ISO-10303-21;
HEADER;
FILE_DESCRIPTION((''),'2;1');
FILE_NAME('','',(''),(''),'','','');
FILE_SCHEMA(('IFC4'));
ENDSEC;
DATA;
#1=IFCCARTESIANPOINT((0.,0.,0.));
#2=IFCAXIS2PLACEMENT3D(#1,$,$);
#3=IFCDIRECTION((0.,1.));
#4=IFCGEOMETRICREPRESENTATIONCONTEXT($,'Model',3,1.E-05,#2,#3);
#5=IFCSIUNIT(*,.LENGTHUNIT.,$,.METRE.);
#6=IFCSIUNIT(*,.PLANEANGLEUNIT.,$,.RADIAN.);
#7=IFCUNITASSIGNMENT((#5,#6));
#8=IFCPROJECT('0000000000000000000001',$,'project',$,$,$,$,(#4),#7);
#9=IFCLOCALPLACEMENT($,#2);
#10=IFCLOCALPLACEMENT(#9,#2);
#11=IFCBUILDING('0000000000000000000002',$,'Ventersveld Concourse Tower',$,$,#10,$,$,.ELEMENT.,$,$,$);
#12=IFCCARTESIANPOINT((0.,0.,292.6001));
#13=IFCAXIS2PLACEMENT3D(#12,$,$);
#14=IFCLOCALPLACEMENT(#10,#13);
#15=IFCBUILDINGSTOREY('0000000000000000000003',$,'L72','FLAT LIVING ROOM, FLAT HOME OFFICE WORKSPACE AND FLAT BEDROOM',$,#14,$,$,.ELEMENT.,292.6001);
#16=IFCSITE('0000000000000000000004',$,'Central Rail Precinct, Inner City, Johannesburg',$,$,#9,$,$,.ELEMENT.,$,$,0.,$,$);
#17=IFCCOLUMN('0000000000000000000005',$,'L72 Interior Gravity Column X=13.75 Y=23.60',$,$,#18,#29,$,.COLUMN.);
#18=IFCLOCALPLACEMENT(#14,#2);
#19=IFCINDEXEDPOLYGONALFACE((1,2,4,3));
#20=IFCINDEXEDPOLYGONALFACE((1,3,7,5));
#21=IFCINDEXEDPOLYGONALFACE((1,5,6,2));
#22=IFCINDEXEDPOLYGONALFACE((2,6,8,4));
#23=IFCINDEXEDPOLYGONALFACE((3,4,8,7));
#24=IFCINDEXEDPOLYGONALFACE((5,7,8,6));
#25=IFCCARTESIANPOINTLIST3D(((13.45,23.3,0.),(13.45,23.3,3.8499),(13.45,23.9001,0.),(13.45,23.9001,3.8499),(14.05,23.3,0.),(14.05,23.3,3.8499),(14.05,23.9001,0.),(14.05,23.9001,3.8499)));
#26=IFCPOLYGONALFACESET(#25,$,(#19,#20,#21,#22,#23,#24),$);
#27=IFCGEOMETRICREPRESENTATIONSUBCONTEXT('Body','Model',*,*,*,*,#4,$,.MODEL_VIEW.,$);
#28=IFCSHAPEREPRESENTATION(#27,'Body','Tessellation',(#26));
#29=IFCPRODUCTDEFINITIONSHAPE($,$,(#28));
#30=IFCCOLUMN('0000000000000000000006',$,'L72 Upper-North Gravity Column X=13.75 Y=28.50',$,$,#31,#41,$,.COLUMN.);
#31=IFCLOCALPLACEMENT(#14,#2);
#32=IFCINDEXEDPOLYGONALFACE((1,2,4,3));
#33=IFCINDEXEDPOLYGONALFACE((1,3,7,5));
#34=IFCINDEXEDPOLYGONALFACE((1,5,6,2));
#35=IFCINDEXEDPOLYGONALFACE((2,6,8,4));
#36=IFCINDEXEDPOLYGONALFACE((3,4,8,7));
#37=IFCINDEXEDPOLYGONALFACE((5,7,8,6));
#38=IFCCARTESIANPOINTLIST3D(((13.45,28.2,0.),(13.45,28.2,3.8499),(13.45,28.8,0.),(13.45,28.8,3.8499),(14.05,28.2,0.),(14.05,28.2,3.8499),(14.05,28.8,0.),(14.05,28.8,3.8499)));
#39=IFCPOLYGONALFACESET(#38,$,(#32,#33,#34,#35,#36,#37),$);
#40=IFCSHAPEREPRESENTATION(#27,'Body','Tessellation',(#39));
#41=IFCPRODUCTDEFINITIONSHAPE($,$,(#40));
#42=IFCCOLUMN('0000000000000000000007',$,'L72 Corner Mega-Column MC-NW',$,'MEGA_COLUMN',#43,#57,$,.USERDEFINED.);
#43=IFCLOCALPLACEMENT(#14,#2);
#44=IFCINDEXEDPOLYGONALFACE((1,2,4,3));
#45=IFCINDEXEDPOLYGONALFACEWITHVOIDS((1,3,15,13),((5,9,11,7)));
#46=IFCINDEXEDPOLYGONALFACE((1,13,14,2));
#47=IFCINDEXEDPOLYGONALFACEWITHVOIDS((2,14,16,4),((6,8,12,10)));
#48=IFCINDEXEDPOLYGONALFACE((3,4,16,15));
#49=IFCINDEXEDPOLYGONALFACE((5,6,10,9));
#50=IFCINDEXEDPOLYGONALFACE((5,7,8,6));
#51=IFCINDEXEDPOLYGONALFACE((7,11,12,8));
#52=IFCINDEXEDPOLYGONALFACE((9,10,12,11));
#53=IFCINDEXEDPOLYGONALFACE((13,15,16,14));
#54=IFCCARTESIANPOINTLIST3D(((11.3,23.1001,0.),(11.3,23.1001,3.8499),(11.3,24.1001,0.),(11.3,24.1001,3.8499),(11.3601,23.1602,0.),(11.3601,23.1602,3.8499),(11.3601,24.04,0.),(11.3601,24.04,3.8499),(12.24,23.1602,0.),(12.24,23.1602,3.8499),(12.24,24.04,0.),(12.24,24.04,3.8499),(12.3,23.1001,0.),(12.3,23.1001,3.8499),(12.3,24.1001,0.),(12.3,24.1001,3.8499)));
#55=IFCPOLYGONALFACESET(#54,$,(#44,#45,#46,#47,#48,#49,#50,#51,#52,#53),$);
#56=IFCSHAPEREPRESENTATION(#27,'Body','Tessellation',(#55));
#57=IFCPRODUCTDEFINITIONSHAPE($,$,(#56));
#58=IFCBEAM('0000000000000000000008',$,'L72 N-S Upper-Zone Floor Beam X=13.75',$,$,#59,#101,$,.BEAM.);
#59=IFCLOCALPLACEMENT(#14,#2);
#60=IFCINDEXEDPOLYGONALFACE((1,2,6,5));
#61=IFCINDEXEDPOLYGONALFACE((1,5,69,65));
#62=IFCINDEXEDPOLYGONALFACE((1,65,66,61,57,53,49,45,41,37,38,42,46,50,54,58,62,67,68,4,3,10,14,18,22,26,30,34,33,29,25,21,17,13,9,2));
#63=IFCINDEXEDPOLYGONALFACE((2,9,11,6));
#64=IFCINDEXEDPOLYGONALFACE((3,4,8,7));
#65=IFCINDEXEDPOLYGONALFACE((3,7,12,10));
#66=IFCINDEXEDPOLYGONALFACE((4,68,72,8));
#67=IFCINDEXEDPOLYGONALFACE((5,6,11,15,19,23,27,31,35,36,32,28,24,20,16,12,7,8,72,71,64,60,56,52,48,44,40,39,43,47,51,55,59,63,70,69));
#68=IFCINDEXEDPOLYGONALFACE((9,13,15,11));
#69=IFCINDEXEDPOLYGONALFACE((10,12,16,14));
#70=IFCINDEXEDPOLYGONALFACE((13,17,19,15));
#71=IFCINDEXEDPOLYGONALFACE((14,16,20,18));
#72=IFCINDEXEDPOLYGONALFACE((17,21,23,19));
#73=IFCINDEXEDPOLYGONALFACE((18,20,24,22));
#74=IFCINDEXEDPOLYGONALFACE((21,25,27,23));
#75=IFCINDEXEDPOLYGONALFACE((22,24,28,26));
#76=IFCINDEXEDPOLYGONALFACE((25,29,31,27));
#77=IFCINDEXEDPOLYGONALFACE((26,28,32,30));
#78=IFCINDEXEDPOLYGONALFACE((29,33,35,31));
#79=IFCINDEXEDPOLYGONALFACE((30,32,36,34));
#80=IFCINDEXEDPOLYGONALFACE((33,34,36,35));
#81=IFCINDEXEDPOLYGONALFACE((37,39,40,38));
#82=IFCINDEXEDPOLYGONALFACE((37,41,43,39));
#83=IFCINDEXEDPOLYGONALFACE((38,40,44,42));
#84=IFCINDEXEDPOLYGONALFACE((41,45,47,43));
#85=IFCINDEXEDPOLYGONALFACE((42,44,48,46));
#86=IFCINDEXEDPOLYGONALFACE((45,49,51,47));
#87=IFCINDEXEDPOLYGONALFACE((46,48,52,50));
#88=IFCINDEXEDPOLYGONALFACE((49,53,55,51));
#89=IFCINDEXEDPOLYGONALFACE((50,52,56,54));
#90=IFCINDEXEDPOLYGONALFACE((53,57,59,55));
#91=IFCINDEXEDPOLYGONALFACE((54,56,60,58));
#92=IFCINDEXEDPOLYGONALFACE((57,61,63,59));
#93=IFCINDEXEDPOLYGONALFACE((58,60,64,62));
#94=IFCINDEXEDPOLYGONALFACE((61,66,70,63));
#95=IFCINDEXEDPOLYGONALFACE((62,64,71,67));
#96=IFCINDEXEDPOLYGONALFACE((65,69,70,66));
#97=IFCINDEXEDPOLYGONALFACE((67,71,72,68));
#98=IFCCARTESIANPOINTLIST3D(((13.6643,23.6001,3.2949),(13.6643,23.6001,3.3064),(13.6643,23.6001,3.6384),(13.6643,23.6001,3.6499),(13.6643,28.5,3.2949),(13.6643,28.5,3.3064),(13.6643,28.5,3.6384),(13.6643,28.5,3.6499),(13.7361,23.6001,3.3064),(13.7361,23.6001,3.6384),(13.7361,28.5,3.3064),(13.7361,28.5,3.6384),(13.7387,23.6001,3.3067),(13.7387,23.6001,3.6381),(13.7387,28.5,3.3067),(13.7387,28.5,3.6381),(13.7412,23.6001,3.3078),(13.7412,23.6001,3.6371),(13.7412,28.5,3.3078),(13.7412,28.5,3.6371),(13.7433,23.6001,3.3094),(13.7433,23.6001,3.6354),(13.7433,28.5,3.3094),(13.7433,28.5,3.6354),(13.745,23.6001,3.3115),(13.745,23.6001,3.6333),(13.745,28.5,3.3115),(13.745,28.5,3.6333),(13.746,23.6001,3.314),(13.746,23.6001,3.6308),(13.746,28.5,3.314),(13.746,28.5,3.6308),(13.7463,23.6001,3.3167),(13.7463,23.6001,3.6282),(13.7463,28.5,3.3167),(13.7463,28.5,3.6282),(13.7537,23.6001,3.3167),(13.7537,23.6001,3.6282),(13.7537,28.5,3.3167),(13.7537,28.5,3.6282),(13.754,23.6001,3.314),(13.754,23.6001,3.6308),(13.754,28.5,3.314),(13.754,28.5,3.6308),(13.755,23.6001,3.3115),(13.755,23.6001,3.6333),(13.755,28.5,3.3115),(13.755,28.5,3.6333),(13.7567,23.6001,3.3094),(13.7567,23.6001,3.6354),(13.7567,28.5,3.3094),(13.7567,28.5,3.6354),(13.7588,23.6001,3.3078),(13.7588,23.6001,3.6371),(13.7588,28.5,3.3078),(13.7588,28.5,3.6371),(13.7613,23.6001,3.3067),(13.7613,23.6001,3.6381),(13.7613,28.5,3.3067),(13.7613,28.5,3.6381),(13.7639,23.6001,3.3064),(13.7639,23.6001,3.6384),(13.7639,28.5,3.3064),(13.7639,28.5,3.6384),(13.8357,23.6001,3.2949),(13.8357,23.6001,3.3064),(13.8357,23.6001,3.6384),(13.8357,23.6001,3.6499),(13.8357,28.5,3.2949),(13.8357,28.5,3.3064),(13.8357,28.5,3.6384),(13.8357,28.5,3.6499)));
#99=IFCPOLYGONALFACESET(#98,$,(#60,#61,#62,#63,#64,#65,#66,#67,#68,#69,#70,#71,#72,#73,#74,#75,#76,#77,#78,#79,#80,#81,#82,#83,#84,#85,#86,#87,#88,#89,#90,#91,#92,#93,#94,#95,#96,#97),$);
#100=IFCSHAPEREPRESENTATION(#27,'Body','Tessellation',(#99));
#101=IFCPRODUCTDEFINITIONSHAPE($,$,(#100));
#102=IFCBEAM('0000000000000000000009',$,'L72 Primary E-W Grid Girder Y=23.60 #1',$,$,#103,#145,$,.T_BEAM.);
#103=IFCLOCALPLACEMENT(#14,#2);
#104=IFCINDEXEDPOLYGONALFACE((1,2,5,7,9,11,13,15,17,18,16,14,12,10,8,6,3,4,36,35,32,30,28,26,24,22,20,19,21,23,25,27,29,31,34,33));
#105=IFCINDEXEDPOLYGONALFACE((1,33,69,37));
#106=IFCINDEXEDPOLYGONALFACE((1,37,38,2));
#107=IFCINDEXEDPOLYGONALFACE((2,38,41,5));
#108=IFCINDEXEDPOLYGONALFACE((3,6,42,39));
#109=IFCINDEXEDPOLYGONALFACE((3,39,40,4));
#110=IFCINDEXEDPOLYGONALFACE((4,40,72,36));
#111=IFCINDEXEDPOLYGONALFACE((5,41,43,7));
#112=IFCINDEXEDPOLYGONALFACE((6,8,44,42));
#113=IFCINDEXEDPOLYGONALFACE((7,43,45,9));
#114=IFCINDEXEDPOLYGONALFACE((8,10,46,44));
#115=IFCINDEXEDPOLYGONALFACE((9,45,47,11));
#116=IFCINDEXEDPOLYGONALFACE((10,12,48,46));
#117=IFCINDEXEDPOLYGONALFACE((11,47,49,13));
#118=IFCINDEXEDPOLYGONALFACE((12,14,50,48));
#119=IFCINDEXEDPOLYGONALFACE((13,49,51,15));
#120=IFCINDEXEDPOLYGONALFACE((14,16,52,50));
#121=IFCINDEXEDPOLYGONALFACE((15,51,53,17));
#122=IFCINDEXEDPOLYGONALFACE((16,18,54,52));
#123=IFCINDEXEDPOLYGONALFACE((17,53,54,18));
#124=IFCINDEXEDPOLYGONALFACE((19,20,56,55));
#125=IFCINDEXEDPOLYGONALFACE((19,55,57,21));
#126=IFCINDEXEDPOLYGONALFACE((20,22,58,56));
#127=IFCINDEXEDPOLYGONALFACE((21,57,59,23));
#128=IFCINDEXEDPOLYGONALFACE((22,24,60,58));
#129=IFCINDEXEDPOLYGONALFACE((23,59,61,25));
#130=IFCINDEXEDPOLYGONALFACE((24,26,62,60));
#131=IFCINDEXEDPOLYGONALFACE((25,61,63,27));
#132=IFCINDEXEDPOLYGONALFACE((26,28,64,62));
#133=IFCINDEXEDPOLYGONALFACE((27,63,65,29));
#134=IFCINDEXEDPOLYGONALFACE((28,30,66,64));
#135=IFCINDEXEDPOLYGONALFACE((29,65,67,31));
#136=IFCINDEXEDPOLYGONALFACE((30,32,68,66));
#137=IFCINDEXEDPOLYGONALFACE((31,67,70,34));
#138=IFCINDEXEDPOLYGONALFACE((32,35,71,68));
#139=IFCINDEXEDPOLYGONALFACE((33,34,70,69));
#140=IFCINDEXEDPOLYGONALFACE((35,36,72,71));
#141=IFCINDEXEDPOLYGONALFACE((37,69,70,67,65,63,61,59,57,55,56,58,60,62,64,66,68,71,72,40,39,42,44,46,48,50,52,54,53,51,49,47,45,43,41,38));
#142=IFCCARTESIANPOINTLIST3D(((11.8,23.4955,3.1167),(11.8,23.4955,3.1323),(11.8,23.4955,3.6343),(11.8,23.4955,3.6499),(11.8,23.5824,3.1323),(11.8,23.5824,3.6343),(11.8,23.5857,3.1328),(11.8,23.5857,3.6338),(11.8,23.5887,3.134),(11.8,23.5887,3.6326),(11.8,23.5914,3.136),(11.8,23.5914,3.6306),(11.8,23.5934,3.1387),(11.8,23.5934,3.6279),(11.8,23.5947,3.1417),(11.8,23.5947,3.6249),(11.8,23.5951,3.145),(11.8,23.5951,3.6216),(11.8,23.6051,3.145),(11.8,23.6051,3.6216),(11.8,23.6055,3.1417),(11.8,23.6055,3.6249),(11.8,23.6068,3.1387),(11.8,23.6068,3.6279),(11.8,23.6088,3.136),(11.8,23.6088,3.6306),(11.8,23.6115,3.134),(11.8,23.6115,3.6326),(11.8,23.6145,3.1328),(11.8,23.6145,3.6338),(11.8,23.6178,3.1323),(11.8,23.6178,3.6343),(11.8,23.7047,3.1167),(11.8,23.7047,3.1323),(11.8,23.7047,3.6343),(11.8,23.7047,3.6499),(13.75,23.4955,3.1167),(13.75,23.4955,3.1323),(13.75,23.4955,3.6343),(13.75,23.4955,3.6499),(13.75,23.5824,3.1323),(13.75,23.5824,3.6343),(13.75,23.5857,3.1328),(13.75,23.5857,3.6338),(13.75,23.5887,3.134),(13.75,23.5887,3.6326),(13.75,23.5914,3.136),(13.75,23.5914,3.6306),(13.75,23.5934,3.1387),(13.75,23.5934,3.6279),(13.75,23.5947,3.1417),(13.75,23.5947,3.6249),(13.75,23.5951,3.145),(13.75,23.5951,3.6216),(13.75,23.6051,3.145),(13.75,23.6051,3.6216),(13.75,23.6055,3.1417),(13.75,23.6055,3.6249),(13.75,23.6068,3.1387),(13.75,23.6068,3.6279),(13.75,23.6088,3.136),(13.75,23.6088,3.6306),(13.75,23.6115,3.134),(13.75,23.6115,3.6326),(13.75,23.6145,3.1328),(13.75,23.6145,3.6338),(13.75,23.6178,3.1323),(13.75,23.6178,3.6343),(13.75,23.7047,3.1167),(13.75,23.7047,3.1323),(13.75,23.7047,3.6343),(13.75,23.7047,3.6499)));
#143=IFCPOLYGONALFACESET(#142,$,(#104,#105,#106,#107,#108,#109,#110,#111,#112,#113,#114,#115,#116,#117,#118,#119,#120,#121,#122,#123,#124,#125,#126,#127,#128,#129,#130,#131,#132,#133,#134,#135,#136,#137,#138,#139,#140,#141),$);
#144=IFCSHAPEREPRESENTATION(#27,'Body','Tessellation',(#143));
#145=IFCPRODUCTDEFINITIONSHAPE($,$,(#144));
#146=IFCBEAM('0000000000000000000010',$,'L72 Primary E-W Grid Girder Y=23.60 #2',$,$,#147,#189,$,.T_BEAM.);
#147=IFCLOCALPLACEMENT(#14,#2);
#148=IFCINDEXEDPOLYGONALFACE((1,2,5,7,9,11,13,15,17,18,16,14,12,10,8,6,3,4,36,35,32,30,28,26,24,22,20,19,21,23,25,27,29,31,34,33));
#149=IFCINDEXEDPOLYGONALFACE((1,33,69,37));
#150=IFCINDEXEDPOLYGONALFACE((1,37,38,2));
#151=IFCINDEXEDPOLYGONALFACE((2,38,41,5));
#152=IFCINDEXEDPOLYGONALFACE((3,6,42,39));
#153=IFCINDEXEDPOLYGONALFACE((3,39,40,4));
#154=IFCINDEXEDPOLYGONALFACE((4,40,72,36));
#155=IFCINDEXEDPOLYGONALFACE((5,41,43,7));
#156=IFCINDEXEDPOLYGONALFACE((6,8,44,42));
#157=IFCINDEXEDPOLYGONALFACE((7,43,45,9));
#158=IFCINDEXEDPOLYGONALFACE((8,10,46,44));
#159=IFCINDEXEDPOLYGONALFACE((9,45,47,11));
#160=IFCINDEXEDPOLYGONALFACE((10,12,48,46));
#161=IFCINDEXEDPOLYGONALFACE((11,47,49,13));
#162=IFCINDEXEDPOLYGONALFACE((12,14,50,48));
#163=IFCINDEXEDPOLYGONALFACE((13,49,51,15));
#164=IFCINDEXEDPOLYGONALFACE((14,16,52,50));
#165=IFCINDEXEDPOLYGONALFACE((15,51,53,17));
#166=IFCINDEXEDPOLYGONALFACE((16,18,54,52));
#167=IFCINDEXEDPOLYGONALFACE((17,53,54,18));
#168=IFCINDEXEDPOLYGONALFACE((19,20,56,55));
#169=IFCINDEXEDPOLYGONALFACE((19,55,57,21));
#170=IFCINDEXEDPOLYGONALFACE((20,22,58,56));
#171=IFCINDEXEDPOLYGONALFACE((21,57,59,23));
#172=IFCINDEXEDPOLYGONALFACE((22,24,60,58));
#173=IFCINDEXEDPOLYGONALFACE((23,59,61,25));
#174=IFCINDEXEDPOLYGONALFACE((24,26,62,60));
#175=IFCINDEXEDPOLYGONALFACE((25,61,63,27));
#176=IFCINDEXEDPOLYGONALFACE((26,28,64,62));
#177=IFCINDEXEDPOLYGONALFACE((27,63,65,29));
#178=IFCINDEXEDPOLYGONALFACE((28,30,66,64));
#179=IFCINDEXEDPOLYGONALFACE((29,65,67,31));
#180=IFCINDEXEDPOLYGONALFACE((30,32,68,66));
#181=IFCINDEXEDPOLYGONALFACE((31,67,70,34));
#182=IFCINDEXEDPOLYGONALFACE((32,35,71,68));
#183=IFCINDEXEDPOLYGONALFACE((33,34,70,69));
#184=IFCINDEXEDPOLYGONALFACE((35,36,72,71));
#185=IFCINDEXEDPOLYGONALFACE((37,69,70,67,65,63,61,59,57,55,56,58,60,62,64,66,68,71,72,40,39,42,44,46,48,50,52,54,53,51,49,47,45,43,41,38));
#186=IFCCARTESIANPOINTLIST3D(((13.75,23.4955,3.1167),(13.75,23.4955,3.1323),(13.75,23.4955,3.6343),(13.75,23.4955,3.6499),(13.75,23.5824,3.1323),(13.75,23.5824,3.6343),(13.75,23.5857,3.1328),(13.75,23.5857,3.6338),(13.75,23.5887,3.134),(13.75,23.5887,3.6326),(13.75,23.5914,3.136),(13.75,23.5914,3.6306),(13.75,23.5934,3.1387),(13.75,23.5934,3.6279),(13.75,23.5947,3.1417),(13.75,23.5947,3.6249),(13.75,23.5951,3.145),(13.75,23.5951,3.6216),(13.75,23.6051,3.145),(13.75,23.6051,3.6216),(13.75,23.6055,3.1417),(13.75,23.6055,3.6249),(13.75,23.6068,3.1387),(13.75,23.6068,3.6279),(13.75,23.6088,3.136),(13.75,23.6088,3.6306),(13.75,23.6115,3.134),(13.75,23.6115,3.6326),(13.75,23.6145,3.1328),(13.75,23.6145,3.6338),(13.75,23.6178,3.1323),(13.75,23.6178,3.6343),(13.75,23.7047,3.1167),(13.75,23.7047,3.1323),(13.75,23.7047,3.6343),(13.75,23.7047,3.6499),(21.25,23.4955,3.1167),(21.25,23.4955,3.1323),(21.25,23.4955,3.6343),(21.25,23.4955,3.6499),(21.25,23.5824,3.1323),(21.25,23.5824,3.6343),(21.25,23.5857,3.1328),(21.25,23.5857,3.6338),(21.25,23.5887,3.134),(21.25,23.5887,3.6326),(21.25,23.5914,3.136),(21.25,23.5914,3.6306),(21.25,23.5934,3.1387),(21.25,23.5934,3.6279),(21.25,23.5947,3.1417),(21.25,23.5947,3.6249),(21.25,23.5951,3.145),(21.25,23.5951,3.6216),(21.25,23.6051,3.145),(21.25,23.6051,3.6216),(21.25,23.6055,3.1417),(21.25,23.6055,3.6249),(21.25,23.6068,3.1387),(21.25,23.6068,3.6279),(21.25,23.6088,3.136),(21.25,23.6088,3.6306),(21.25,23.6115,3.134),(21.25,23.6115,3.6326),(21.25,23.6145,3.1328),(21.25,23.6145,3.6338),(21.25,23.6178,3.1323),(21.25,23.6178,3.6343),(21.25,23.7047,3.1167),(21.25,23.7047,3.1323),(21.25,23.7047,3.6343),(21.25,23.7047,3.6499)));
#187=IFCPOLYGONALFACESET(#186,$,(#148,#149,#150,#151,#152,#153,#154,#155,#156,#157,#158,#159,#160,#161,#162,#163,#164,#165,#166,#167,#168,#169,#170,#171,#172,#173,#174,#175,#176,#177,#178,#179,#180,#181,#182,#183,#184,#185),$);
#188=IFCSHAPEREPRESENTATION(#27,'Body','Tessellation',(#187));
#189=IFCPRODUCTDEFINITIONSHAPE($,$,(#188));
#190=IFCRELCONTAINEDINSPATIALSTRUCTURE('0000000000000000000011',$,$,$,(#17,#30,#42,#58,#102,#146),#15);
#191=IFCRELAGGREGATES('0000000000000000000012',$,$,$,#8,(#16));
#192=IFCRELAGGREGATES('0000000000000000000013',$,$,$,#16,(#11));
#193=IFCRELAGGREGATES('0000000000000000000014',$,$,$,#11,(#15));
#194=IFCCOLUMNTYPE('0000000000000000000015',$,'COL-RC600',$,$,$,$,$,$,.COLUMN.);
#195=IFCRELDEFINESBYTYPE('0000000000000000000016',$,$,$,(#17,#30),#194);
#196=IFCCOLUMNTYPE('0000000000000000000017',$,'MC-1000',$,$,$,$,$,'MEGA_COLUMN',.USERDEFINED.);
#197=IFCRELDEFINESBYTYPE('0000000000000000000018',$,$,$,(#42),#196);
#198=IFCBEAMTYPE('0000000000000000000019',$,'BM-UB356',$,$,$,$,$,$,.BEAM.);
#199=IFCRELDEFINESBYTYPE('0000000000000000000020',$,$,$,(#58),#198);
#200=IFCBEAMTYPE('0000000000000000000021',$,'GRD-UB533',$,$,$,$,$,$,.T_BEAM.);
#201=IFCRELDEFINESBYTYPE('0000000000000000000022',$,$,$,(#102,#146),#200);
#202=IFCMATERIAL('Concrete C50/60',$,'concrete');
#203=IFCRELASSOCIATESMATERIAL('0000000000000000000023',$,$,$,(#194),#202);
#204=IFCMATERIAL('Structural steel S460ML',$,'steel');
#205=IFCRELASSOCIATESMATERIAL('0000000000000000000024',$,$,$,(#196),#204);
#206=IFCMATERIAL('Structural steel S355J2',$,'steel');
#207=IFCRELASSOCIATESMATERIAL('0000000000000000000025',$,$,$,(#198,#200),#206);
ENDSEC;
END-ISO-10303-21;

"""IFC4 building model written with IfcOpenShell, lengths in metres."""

from ifc_helpers import new_model, si_unit, direction, frame, origin, origin_2d, place, context, subcontext, project, spatial, rectangle, hollow_rectangle, i_section, extrude, material, material_profile, profile_set, type_object, element, save


model = new_model("IFC4")

# Units and contexts
model_context = context("Model", 3, precision=1e-05, world=origin(), true_north=direction((0.0, 1.0)))
body_context = subcontext(model_context, "Body", "Model", "MODEL_VIEW")
ifc_project = project(units=[si_unit("LENGTHUNIT", "METRE"), si_unit("PLANEANGLEUNIT", "RADIAN")], contexts=[model_context])

# Site, building, storey
site_placement = place(None, origin())
site = spatial("IfcSite", under=ifc_project, at=site_placement, Name="Central Rail Precinct, Inner City, Johannesburg", CompositionType="ELEMENT", RefElevation=0.0)
building_placement = place(site_placement, origin())
building = spatial("IfcBuilding", under=site, at=building_placement, Name="Ventersveld Concourse Tower", CompositionType="ELEMENT")
storey_placement = place(building_placement, frame((0.0, 0.0, 292.6001)))
storey = spatial("IfcBuildingStorey", under=building, at=storey_placement, Name="L72", Description="FLAT LIVING ROOM, FLAT HOME OFFICE WORKSPACE AND FLAT BEDROOM", CompositionType="ELEMENT", Elevation=292.6001)

# Columns
ifc_material_1 = material(Name="Concrete C50/60", Category="concrete")
ifc_material_profile_1 = material_profile(ifc_material_1, rectangle(XDim=0.6001, YDim=0.6001, at=origin_2d()), Name="RC 600x600")
ifc_profile_set_1 = profile_set([ifc_material_profile_1], Name="Concrete C50/60")
column_type_1 = type_object("IfcColumnType", Name="COL-RC600", PredefinedType="COLUMN", material=ifc_profile_set_1)
for number, where, z_axis, x_axis, name in (
    (1, (13.75, 23.6001, 0.0), (0.0, 0.0, 1.0), (1.0, 0.0, 0.0), "L72 Interior Gravity Column X=13.75 Y=23.60"),
    (2, (13.75, 28.5, 0.0), (0.0, 0.0, 1.0), (1.0, 0.0, 0.0), "L72 Upper-North Gravity Column X=13.75 Y=28.50"),
):
    element("IfcColumn", number, at=place(storey_placement, frame(where, z_axis=z_axis, x_axis=x_axis)), inside=storey, type_object=column_type_1, Name=name, PredefinedType="COLUMN", context=body_context, shape_type="SweptSolid", body=[
        extrude(rectangle(XDim=0.6001, YDim=0.6001, at=origin_2d()), origin(), (0.0, 0.0, 1.0), 3.8499),
    ])
ifc_material_2 = material(Name="Structural steel S460ML", Category="steel")
ifc_material_profile_2 = material_profile(ifc_material_2, hollow_rectangle(XDim=1.0, YDim=1.0, WallThickness=0.0601, at=origin_2d()), Name="BOX 1000x1000x60")
ifc_profile_set_2 = profile_set([ifc_material_profile_2], Name="Structural steel S460ML")
column_type_2 = type_object("IfcColumnType", Name="MC-1000", ElementType="MEGA_COLUMN", PredefinedType="USERDEFINED", material=ifc_profile_set_2)
column_placement = place(storey_placement, frame((11.8, 23.6001, 0.0), z_axis=(0.0, 0.0, 1.0), x_axis=(1.0, 0.0, 0.0)))
element("IfcColumn", 3, at=column_placement, inside=storey, type_object=column_type_2, Name="L72 Corner Mega-Column MC-NW", ObjectType="MEGA_COLUMN", PredefinedType="USERDEFINED", context=body_context, shape_type="SweptSolid", body=[
    extrude(hollow_rectangle(XDim=1.0, YDim=1.0, WallThickness=0.0601, at=origin_2d()), origin(), (0.0, 0.0, 1.0), 3.8499),
])

# Beams
ifc_material_3 = material(Name="Structural steel S355J2", Category="steel")
ifc_material_profile_3 = material_profile(ifc_material_3, i_section(OverallWidth=0.1714, OverallDepth=0.355, WebThickness=0.0073, FlangeThickness=0.0115, FilletRadius=0.0103, at=origin_2d()), Name="UB 356x171x51")
ifc_profile_set_3 = profile_set([ifc_material_profile_3], Name="Structural steel S355J2")
beam_type_1 = type_object("IfcBeamType", Name="BM-UB356", PredefinedType="BEAM", material=ifc_profile_set_3)
beam_1_placement = place(storey_placement, frame((13.75, 23.6001, 3.4724), z_axis=(0.0, 1.0, 0.0), x_axis=(-1.0, 0.0, 0.0)))
element("IfcBeam", 4, at=beam_1_placement, inside=storey, type_object=beam_type_1, Name="L72 N-S Upper-Zone Floor Beam X=13.75", PredefinedType="BEAM", context=body_context, shape_type="SweptSolid", body=[
    extrude(i_section(OverallWidth=0.1714, OverallDepth=0.355, WebThickness=0.0073, FlangeThickness=0.0115, FilletRadius=0.0103, at=origin_2d()), origin(), (0.0, 0.0, 1.0), 4.8999),
])
ifc_material_profile_4 = material_profile(ifc_material_3, i_section(OverallWidth=0.2092, OverallDepth=0.5332, WebThickness=0.01, FlangeThickness=0.0156, FilletRadius=0.0127, at=origin_2d()), Name="UB 533x210x92")
ifc_profile_set_4 = profile_set([ifc_material_profile_4], Name="Structural steel S355J2")
beam_type_2 = type_object("IfcBeamType", Name="GRD-UB533", PredefinedType="T_BEAM", material=ifc_profile_set_4)
beam_2_placement = place(storey_placement, frame((11.8, 23.6001, 3.3833), z_axis=(1.0, 0.0, 0.0), x_axis=(0.0, 1.0, 0.0)))
element("IfcBeam", 5, at=beam_2_placement, inside=storey, type_object=beam_type_2, Name="L72 Primary E-W Grid Girder Y=23.60 #1", PredefinedType="T_BEAM", context=body_context, shape_type="SweptSolid", body=[
    extrude(i_section(OverallWidth=0.2092, OverallDepth=0.5332, WebThickness=0.01, FlangeThickness=0.0156, FilletRadius=0.0127, at=origin_2d()), origin(), (0.0, 0.0, 1.0), 1.95),
])
for number, where, z_axis, x_axis, name in (
    (6, (13.75, 23.6001, 3.3833), (1.0, 0.0, 0.0), (0.0, 1.0, 0.0), "L72 Primary E-W Grid Girder Y=23.60 #2"),
):
    element("IfcBeam", number, at=place(storey_placement, frame(where, z_axis=z_axis, x_axis=x_axis)), inside=storey, type_object=beam_type_2, Name=name, PredefinedType="T_BEAM", context=body_context, shape_type="SweptSolid", body=[
        extrude(i_section(OverallWidth=0.2092, OverallDepth=0.5332, WebThickness=0.01, FlangeThickness=0.0156, FilletRadius=0.0127, at=origin_2d()), origin(), (0.0, 0.0, 1.0), 7.5),
    ])

save(model, "model.ifc")
